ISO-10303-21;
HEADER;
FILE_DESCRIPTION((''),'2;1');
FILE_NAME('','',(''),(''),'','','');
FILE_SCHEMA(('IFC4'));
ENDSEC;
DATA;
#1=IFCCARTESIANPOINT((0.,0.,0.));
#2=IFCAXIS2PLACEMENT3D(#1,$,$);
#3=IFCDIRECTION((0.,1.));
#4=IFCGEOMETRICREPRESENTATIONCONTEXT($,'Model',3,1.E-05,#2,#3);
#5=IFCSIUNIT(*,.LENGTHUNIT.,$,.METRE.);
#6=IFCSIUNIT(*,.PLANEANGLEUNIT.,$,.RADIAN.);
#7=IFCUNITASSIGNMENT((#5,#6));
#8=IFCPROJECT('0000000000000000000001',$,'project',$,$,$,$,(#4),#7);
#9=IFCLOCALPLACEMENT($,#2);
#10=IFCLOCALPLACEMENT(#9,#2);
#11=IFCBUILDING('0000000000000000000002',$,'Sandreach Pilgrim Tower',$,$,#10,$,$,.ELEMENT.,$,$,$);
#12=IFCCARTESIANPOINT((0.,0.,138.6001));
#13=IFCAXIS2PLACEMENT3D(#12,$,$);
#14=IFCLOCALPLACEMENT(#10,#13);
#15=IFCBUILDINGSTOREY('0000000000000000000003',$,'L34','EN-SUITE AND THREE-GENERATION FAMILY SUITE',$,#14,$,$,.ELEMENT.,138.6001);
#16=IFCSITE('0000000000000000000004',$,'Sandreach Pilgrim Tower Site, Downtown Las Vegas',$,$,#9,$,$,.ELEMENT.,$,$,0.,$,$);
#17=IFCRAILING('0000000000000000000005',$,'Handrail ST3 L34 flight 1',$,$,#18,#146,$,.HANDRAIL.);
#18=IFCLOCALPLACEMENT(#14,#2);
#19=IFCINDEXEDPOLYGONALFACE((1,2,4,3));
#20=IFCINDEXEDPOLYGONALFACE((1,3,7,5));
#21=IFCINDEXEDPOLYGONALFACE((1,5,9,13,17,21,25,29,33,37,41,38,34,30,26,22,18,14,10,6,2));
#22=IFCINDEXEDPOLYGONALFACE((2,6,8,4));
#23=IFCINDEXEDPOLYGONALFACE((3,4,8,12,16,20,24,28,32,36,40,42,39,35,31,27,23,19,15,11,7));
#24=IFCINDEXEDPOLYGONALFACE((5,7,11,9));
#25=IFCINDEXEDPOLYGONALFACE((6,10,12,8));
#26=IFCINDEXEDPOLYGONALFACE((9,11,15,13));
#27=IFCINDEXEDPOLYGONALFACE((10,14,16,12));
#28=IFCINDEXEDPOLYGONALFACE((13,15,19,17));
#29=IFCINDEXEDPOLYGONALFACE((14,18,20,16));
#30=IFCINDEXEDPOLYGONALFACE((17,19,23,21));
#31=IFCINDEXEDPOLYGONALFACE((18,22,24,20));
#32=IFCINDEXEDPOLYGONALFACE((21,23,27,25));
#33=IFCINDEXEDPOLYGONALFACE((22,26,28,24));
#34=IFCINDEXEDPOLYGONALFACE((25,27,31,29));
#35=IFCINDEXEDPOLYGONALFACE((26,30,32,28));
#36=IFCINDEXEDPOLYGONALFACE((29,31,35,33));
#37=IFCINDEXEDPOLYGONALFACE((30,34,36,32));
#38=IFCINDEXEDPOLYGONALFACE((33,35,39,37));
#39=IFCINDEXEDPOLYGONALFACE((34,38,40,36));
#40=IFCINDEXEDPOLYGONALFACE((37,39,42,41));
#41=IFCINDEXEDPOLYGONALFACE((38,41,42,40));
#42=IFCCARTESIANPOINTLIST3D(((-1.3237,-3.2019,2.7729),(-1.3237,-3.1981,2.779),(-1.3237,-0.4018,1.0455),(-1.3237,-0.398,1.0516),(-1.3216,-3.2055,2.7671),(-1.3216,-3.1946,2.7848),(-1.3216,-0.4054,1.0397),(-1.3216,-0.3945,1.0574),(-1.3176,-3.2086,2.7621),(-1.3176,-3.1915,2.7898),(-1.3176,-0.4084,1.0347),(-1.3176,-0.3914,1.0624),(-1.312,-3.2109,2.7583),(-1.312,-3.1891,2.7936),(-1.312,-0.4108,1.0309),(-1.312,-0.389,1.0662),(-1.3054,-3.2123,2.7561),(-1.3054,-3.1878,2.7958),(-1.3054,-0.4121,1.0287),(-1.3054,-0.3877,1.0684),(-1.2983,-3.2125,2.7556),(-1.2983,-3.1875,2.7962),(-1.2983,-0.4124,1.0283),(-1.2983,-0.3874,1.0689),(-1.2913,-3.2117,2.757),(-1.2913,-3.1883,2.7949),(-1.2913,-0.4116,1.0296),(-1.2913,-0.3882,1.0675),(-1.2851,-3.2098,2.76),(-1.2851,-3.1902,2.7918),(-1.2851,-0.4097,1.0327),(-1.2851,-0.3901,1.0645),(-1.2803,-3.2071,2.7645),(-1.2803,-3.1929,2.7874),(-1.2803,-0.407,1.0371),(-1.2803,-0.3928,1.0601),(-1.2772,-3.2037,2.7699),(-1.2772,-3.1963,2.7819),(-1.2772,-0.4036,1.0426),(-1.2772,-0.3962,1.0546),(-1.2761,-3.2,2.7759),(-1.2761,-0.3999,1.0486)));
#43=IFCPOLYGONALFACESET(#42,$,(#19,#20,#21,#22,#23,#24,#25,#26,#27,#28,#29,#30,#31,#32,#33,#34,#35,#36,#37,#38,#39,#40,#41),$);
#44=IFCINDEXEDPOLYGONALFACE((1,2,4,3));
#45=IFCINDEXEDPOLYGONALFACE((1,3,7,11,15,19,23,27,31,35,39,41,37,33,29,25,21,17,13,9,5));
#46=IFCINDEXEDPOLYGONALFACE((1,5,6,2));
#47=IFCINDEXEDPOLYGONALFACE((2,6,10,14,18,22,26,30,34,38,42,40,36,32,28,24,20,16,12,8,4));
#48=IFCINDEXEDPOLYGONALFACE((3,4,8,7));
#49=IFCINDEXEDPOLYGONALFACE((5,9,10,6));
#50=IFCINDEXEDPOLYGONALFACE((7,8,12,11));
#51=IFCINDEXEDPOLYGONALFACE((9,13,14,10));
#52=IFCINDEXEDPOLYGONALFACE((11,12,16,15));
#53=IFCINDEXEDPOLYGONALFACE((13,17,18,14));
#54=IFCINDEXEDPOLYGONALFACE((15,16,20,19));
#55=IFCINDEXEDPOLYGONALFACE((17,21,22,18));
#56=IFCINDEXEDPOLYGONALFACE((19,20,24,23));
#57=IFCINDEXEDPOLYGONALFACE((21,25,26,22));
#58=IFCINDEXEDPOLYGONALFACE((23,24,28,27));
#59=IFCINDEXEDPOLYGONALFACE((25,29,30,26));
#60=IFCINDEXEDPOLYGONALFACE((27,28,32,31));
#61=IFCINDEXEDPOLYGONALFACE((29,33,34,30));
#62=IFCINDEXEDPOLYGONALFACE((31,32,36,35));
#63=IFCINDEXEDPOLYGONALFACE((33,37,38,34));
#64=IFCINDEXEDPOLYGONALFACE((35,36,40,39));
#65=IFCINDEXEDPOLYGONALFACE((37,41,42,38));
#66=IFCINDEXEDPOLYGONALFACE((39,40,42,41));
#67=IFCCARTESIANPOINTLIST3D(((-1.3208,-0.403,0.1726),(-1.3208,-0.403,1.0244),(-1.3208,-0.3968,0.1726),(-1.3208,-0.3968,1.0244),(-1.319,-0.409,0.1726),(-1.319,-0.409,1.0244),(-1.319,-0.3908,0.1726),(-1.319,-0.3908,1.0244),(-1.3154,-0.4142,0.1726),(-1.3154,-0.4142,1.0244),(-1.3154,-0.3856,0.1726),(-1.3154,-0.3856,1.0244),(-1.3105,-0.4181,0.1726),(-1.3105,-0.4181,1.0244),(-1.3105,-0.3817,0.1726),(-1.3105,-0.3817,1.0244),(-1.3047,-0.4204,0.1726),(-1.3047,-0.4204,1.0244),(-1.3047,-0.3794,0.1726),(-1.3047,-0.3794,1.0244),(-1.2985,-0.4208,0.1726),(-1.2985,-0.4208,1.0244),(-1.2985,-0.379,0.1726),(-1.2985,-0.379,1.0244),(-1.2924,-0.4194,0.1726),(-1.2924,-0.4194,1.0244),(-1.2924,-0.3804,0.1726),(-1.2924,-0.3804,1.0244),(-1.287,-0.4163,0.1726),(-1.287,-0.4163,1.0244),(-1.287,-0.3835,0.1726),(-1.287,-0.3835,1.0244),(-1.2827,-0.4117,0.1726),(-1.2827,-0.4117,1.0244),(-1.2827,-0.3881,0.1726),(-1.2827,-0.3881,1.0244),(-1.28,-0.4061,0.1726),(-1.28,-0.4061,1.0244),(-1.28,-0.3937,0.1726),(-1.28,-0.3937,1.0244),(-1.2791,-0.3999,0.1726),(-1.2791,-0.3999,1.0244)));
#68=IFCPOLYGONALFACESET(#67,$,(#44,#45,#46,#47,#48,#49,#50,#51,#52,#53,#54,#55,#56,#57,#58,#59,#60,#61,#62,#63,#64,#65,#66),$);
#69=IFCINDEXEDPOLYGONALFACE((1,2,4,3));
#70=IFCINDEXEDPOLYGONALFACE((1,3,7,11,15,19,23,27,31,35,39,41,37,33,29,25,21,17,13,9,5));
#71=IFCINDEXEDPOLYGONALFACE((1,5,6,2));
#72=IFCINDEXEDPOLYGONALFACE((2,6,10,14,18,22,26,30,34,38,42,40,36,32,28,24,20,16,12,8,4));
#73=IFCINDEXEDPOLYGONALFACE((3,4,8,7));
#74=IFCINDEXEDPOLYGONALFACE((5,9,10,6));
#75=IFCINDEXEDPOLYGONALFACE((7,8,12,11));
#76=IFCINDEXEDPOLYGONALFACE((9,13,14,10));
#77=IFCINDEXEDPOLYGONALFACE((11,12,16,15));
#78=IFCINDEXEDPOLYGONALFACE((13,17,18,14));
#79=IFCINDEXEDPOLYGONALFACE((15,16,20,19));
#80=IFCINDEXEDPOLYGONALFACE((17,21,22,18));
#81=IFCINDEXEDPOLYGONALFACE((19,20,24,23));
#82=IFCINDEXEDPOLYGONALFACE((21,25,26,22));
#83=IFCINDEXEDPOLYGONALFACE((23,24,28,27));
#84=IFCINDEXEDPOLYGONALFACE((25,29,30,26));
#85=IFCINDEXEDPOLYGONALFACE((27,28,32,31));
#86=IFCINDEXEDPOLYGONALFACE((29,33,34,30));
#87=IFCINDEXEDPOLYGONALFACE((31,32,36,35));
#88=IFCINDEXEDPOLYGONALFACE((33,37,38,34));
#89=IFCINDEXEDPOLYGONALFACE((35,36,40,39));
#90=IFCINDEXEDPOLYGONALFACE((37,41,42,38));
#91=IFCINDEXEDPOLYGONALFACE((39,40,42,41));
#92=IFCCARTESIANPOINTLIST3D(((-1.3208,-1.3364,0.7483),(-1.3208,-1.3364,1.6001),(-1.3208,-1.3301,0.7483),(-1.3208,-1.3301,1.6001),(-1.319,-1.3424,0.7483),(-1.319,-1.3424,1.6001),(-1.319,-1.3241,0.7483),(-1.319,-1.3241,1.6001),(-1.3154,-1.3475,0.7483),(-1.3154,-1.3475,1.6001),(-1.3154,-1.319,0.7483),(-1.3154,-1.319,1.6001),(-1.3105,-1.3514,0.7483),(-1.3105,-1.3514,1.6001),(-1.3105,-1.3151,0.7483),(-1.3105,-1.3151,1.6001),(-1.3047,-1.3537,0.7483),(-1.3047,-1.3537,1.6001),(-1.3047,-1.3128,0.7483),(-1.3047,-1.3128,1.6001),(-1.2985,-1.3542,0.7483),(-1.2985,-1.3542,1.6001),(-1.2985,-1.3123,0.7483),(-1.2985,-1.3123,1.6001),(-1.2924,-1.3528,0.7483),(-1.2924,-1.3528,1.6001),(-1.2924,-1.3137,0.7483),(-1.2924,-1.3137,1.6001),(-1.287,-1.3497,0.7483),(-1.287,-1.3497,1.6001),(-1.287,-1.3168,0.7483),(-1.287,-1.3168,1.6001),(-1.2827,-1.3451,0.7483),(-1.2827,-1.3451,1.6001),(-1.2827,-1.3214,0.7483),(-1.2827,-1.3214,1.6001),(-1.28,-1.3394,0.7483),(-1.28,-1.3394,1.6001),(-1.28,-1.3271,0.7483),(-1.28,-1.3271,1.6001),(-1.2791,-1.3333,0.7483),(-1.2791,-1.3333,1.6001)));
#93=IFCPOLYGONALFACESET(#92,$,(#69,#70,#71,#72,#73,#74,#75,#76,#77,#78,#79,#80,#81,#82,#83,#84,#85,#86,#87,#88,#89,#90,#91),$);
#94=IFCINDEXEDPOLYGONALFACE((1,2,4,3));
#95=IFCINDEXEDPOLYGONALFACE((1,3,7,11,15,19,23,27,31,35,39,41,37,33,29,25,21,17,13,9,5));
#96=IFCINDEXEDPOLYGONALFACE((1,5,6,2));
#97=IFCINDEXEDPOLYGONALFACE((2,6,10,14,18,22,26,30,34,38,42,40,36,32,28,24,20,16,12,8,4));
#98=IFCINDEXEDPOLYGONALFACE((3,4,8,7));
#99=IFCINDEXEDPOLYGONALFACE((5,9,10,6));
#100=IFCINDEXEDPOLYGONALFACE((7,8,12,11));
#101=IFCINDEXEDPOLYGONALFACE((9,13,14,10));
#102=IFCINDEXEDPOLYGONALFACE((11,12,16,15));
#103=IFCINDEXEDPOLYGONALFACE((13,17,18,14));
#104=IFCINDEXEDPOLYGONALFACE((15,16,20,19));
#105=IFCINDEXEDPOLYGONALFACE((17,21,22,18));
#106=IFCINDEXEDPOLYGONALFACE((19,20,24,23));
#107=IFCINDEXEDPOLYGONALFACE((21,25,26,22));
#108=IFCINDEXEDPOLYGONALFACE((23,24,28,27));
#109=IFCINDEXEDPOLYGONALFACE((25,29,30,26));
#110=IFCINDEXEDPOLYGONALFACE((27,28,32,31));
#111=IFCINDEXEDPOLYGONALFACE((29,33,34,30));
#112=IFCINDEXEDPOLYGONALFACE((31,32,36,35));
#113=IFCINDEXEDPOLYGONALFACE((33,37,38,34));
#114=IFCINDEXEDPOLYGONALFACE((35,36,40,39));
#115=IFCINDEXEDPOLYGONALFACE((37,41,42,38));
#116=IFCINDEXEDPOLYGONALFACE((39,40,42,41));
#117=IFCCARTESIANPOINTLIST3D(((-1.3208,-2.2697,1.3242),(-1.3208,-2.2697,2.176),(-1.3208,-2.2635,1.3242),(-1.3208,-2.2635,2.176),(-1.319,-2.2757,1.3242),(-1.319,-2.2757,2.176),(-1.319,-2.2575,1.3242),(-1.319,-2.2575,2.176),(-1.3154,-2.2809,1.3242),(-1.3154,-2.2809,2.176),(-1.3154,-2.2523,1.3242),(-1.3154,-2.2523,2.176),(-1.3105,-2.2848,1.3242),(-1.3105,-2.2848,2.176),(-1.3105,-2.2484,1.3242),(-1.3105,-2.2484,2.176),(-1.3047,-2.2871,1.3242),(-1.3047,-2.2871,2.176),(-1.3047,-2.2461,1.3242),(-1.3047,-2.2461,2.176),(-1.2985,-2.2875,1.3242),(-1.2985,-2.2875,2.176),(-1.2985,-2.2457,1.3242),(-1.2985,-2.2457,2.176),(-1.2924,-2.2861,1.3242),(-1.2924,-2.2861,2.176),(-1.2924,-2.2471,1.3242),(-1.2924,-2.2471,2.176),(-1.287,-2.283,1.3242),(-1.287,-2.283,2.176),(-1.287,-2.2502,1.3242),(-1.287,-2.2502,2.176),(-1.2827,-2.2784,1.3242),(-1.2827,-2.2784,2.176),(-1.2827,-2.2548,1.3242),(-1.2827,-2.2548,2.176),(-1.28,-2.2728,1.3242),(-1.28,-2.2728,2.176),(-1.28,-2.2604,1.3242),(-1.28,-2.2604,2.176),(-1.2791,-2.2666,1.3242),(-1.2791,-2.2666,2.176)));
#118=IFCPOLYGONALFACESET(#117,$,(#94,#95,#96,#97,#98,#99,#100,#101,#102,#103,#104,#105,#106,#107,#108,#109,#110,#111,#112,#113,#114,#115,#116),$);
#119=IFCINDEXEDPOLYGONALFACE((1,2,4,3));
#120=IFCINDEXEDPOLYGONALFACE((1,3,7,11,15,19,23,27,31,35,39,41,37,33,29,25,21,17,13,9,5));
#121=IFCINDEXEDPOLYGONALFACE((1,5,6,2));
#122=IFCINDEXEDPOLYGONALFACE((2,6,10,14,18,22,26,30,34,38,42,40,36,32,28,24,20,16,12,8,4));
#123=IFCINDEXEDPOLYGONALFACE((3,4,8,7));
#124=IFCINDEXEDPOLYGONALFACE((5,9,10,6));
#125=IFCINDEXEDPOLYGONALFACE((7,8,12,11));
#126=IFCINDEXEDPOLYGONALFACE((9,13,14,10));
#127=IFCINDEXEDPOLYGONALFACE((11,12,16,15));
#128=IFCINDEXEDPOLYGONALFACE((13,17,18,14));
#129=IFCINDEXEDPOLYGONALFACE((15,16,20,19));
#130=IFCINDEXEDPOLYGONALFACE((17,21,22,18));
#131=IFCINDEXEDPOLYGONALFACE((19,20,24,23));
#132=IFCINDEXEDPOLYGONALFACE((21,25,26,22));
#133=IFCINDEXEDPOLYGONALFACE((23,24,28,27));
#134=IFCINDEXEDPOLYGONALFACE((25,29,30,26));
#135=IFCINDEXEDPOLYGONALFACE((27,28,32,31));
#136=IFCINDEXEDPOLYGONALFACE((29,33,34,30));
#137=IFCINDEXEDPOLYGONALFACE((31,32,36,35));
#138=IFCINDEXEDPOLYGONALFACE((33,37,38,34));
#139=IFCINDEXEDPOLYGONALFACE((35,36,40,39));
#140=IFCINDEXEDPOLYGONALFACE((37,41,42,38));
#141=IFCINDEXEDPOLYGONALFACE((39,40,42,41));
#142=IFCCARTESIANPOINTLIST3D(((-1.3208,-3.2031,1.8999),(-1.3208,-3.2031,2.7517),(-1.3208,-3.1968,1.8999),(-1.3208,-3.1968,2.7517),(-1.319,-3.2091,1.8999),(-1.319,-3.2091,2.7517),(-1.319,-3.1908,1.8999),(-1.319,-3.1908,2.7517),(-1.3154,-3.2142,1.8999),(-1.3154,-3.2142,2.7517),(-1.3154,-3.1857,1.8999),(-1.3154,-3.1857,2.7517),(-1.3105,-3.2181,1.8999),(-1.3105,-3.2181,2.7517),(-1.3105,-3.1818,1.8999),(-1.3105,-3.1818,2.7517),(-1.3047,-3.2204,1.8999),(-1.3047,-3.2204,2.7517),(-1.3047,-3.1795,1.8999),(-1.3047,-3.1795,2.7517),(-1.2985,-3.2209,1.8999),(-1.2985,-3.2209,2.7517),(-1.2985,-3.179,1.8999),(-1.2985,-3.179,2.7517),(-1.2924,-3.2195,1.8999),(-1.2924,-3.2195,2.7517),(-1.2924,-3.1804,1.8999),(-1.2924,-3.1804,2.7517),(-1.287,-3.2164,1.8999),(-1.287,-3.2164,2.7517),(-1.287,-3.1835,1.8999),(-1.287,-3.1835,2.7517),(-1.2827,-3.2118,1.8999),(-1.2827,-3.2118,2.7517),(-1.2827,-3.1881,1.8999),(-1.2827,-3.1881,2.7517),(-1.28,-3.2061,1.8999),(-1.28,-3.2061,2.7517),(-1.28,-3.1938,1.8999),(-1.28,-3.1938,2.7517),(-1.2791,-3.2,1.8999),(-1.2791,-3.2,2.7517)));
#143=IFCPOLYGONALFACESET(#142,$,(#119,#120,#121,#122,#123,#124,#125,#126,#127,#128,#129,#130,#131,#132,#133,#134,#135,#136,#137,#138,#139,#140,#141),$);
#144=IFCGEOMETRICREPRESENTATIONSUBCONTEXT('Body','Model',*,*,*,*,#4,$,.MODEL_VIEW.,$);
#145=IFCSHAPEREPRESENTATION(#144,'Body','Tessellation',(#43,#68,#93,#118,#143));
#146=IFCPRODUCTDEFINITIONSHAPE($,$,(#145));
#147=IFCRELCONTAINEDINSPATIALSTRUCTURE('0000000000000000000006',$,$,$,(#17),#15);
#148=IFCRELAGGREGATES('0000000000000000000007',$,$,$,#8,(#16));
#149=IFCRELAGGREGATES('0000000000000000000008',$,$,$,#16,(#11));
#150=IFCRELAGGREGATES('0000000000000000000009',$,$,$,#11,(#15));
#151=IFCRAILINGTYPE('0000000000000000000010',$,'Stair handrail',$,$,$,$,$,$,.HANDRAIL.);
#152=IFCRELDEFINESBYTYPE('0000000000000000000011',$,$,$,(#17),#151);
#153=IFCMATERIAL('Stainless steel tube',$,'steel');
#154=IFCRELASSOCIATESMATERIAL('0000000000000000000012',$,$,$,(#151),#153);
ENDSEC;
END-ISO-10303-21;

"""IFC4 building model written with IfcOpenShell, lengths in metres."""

from ifc_helpers import new_model, si_unit, direction, frame, origin, origin_2d, place, context, subcontext, project, spatial, circle, extrude, material, type_object, element, save


model = new_model("IFC4")

# Units and contexts
model_context = context("Model", 3, precision=1e-05, world=origin(), true_north=direction((0.0, 1.0)))
body_context = subcontext(model_context, "Body", "Model", "MODEL_VIEW")
ifc_project = project(units=[si_unit("LENGTHUNIT", "METRE"), si_unit("PLANEANGLEUNIT", "RADIAN")], contexts=[model_context])

# Site, building, storey
site_placement = place(None, origin())
site = spatial("IfcSite", under=ifc_project, at=site_placement, Name="Sandreach Pilgrim Tower Site, Downtown Las Vegas", CompositionType="ELEMENT", RefElevation=0.0)
building_placement = place(site_placement, origin())
building = spatial("IfcBuilding", under=site, at=building_placement, Name="Sandreach Pilgrim Tower", CompositionType="ELEMENT")
storey_placement = place(building_placement, frame((0.0, 0.0, 138.6001)))
storey = spatial("IfcBuildingStorey", under=building, at=storey_placement, Name="L34", Description="EN-SUITE AND THREE-GENERATION FAMILY SUITE", CompositionType="ELEMENT", Elevation=138.6001)

# Railing
ifc_material_1 = material(Name="Stainless steel tube", Category="steel")
railing_type = type_object("IfcRailingType", Name="Stair handrail", PredefinedType="HANDRAIL", material=ifc_material_1)
for number, where, name in (
    (1, (-1.3, -0.3999, 0.1726), "Handrail ST3 L34 flight 1"),
):
    element("IfcRailing", number, at=place(storey_placement, frame(where)), inside=storey, type_object=railing_type, Name=name, PredefinedType="HANDRAIL", context=body_context, shape_type="SweptSolid", body=[
        extrude(circle(Radius=0.0239, at=origin_2d()), frame((0.0, 0.0, 0.876), z_axis=(0.0, -0.85109, 0.52502), x_axis=(1.0, 0.0, 0.0)), (0.0, 0.0, 1.0), 3.29),
        extrude(circle(Radius=0.021, at=origin_2d()), origin(), (0.0, 0.0, 1.0), 0.8518),
        extrude(circle(Radius=0.021, at=origin_2d()), frame((0.0, -0.9333, 0.5757)), (0.0, 0.0, 1.0), 0.8518),
        extrude(circle(Radius=0.021, at=origin_2d()), frame((0.0, -1.8667, 1.1516)), (0.0, 0.0, 1.0), 0.8518),
        extrude(circle(Radius=0.021, at=origin_2d()), frame((0.0, -2.8, 1.7273)), (0.0, 0.0, 1.0), 0.8518),
    ])

save(model, "model.ifc")
